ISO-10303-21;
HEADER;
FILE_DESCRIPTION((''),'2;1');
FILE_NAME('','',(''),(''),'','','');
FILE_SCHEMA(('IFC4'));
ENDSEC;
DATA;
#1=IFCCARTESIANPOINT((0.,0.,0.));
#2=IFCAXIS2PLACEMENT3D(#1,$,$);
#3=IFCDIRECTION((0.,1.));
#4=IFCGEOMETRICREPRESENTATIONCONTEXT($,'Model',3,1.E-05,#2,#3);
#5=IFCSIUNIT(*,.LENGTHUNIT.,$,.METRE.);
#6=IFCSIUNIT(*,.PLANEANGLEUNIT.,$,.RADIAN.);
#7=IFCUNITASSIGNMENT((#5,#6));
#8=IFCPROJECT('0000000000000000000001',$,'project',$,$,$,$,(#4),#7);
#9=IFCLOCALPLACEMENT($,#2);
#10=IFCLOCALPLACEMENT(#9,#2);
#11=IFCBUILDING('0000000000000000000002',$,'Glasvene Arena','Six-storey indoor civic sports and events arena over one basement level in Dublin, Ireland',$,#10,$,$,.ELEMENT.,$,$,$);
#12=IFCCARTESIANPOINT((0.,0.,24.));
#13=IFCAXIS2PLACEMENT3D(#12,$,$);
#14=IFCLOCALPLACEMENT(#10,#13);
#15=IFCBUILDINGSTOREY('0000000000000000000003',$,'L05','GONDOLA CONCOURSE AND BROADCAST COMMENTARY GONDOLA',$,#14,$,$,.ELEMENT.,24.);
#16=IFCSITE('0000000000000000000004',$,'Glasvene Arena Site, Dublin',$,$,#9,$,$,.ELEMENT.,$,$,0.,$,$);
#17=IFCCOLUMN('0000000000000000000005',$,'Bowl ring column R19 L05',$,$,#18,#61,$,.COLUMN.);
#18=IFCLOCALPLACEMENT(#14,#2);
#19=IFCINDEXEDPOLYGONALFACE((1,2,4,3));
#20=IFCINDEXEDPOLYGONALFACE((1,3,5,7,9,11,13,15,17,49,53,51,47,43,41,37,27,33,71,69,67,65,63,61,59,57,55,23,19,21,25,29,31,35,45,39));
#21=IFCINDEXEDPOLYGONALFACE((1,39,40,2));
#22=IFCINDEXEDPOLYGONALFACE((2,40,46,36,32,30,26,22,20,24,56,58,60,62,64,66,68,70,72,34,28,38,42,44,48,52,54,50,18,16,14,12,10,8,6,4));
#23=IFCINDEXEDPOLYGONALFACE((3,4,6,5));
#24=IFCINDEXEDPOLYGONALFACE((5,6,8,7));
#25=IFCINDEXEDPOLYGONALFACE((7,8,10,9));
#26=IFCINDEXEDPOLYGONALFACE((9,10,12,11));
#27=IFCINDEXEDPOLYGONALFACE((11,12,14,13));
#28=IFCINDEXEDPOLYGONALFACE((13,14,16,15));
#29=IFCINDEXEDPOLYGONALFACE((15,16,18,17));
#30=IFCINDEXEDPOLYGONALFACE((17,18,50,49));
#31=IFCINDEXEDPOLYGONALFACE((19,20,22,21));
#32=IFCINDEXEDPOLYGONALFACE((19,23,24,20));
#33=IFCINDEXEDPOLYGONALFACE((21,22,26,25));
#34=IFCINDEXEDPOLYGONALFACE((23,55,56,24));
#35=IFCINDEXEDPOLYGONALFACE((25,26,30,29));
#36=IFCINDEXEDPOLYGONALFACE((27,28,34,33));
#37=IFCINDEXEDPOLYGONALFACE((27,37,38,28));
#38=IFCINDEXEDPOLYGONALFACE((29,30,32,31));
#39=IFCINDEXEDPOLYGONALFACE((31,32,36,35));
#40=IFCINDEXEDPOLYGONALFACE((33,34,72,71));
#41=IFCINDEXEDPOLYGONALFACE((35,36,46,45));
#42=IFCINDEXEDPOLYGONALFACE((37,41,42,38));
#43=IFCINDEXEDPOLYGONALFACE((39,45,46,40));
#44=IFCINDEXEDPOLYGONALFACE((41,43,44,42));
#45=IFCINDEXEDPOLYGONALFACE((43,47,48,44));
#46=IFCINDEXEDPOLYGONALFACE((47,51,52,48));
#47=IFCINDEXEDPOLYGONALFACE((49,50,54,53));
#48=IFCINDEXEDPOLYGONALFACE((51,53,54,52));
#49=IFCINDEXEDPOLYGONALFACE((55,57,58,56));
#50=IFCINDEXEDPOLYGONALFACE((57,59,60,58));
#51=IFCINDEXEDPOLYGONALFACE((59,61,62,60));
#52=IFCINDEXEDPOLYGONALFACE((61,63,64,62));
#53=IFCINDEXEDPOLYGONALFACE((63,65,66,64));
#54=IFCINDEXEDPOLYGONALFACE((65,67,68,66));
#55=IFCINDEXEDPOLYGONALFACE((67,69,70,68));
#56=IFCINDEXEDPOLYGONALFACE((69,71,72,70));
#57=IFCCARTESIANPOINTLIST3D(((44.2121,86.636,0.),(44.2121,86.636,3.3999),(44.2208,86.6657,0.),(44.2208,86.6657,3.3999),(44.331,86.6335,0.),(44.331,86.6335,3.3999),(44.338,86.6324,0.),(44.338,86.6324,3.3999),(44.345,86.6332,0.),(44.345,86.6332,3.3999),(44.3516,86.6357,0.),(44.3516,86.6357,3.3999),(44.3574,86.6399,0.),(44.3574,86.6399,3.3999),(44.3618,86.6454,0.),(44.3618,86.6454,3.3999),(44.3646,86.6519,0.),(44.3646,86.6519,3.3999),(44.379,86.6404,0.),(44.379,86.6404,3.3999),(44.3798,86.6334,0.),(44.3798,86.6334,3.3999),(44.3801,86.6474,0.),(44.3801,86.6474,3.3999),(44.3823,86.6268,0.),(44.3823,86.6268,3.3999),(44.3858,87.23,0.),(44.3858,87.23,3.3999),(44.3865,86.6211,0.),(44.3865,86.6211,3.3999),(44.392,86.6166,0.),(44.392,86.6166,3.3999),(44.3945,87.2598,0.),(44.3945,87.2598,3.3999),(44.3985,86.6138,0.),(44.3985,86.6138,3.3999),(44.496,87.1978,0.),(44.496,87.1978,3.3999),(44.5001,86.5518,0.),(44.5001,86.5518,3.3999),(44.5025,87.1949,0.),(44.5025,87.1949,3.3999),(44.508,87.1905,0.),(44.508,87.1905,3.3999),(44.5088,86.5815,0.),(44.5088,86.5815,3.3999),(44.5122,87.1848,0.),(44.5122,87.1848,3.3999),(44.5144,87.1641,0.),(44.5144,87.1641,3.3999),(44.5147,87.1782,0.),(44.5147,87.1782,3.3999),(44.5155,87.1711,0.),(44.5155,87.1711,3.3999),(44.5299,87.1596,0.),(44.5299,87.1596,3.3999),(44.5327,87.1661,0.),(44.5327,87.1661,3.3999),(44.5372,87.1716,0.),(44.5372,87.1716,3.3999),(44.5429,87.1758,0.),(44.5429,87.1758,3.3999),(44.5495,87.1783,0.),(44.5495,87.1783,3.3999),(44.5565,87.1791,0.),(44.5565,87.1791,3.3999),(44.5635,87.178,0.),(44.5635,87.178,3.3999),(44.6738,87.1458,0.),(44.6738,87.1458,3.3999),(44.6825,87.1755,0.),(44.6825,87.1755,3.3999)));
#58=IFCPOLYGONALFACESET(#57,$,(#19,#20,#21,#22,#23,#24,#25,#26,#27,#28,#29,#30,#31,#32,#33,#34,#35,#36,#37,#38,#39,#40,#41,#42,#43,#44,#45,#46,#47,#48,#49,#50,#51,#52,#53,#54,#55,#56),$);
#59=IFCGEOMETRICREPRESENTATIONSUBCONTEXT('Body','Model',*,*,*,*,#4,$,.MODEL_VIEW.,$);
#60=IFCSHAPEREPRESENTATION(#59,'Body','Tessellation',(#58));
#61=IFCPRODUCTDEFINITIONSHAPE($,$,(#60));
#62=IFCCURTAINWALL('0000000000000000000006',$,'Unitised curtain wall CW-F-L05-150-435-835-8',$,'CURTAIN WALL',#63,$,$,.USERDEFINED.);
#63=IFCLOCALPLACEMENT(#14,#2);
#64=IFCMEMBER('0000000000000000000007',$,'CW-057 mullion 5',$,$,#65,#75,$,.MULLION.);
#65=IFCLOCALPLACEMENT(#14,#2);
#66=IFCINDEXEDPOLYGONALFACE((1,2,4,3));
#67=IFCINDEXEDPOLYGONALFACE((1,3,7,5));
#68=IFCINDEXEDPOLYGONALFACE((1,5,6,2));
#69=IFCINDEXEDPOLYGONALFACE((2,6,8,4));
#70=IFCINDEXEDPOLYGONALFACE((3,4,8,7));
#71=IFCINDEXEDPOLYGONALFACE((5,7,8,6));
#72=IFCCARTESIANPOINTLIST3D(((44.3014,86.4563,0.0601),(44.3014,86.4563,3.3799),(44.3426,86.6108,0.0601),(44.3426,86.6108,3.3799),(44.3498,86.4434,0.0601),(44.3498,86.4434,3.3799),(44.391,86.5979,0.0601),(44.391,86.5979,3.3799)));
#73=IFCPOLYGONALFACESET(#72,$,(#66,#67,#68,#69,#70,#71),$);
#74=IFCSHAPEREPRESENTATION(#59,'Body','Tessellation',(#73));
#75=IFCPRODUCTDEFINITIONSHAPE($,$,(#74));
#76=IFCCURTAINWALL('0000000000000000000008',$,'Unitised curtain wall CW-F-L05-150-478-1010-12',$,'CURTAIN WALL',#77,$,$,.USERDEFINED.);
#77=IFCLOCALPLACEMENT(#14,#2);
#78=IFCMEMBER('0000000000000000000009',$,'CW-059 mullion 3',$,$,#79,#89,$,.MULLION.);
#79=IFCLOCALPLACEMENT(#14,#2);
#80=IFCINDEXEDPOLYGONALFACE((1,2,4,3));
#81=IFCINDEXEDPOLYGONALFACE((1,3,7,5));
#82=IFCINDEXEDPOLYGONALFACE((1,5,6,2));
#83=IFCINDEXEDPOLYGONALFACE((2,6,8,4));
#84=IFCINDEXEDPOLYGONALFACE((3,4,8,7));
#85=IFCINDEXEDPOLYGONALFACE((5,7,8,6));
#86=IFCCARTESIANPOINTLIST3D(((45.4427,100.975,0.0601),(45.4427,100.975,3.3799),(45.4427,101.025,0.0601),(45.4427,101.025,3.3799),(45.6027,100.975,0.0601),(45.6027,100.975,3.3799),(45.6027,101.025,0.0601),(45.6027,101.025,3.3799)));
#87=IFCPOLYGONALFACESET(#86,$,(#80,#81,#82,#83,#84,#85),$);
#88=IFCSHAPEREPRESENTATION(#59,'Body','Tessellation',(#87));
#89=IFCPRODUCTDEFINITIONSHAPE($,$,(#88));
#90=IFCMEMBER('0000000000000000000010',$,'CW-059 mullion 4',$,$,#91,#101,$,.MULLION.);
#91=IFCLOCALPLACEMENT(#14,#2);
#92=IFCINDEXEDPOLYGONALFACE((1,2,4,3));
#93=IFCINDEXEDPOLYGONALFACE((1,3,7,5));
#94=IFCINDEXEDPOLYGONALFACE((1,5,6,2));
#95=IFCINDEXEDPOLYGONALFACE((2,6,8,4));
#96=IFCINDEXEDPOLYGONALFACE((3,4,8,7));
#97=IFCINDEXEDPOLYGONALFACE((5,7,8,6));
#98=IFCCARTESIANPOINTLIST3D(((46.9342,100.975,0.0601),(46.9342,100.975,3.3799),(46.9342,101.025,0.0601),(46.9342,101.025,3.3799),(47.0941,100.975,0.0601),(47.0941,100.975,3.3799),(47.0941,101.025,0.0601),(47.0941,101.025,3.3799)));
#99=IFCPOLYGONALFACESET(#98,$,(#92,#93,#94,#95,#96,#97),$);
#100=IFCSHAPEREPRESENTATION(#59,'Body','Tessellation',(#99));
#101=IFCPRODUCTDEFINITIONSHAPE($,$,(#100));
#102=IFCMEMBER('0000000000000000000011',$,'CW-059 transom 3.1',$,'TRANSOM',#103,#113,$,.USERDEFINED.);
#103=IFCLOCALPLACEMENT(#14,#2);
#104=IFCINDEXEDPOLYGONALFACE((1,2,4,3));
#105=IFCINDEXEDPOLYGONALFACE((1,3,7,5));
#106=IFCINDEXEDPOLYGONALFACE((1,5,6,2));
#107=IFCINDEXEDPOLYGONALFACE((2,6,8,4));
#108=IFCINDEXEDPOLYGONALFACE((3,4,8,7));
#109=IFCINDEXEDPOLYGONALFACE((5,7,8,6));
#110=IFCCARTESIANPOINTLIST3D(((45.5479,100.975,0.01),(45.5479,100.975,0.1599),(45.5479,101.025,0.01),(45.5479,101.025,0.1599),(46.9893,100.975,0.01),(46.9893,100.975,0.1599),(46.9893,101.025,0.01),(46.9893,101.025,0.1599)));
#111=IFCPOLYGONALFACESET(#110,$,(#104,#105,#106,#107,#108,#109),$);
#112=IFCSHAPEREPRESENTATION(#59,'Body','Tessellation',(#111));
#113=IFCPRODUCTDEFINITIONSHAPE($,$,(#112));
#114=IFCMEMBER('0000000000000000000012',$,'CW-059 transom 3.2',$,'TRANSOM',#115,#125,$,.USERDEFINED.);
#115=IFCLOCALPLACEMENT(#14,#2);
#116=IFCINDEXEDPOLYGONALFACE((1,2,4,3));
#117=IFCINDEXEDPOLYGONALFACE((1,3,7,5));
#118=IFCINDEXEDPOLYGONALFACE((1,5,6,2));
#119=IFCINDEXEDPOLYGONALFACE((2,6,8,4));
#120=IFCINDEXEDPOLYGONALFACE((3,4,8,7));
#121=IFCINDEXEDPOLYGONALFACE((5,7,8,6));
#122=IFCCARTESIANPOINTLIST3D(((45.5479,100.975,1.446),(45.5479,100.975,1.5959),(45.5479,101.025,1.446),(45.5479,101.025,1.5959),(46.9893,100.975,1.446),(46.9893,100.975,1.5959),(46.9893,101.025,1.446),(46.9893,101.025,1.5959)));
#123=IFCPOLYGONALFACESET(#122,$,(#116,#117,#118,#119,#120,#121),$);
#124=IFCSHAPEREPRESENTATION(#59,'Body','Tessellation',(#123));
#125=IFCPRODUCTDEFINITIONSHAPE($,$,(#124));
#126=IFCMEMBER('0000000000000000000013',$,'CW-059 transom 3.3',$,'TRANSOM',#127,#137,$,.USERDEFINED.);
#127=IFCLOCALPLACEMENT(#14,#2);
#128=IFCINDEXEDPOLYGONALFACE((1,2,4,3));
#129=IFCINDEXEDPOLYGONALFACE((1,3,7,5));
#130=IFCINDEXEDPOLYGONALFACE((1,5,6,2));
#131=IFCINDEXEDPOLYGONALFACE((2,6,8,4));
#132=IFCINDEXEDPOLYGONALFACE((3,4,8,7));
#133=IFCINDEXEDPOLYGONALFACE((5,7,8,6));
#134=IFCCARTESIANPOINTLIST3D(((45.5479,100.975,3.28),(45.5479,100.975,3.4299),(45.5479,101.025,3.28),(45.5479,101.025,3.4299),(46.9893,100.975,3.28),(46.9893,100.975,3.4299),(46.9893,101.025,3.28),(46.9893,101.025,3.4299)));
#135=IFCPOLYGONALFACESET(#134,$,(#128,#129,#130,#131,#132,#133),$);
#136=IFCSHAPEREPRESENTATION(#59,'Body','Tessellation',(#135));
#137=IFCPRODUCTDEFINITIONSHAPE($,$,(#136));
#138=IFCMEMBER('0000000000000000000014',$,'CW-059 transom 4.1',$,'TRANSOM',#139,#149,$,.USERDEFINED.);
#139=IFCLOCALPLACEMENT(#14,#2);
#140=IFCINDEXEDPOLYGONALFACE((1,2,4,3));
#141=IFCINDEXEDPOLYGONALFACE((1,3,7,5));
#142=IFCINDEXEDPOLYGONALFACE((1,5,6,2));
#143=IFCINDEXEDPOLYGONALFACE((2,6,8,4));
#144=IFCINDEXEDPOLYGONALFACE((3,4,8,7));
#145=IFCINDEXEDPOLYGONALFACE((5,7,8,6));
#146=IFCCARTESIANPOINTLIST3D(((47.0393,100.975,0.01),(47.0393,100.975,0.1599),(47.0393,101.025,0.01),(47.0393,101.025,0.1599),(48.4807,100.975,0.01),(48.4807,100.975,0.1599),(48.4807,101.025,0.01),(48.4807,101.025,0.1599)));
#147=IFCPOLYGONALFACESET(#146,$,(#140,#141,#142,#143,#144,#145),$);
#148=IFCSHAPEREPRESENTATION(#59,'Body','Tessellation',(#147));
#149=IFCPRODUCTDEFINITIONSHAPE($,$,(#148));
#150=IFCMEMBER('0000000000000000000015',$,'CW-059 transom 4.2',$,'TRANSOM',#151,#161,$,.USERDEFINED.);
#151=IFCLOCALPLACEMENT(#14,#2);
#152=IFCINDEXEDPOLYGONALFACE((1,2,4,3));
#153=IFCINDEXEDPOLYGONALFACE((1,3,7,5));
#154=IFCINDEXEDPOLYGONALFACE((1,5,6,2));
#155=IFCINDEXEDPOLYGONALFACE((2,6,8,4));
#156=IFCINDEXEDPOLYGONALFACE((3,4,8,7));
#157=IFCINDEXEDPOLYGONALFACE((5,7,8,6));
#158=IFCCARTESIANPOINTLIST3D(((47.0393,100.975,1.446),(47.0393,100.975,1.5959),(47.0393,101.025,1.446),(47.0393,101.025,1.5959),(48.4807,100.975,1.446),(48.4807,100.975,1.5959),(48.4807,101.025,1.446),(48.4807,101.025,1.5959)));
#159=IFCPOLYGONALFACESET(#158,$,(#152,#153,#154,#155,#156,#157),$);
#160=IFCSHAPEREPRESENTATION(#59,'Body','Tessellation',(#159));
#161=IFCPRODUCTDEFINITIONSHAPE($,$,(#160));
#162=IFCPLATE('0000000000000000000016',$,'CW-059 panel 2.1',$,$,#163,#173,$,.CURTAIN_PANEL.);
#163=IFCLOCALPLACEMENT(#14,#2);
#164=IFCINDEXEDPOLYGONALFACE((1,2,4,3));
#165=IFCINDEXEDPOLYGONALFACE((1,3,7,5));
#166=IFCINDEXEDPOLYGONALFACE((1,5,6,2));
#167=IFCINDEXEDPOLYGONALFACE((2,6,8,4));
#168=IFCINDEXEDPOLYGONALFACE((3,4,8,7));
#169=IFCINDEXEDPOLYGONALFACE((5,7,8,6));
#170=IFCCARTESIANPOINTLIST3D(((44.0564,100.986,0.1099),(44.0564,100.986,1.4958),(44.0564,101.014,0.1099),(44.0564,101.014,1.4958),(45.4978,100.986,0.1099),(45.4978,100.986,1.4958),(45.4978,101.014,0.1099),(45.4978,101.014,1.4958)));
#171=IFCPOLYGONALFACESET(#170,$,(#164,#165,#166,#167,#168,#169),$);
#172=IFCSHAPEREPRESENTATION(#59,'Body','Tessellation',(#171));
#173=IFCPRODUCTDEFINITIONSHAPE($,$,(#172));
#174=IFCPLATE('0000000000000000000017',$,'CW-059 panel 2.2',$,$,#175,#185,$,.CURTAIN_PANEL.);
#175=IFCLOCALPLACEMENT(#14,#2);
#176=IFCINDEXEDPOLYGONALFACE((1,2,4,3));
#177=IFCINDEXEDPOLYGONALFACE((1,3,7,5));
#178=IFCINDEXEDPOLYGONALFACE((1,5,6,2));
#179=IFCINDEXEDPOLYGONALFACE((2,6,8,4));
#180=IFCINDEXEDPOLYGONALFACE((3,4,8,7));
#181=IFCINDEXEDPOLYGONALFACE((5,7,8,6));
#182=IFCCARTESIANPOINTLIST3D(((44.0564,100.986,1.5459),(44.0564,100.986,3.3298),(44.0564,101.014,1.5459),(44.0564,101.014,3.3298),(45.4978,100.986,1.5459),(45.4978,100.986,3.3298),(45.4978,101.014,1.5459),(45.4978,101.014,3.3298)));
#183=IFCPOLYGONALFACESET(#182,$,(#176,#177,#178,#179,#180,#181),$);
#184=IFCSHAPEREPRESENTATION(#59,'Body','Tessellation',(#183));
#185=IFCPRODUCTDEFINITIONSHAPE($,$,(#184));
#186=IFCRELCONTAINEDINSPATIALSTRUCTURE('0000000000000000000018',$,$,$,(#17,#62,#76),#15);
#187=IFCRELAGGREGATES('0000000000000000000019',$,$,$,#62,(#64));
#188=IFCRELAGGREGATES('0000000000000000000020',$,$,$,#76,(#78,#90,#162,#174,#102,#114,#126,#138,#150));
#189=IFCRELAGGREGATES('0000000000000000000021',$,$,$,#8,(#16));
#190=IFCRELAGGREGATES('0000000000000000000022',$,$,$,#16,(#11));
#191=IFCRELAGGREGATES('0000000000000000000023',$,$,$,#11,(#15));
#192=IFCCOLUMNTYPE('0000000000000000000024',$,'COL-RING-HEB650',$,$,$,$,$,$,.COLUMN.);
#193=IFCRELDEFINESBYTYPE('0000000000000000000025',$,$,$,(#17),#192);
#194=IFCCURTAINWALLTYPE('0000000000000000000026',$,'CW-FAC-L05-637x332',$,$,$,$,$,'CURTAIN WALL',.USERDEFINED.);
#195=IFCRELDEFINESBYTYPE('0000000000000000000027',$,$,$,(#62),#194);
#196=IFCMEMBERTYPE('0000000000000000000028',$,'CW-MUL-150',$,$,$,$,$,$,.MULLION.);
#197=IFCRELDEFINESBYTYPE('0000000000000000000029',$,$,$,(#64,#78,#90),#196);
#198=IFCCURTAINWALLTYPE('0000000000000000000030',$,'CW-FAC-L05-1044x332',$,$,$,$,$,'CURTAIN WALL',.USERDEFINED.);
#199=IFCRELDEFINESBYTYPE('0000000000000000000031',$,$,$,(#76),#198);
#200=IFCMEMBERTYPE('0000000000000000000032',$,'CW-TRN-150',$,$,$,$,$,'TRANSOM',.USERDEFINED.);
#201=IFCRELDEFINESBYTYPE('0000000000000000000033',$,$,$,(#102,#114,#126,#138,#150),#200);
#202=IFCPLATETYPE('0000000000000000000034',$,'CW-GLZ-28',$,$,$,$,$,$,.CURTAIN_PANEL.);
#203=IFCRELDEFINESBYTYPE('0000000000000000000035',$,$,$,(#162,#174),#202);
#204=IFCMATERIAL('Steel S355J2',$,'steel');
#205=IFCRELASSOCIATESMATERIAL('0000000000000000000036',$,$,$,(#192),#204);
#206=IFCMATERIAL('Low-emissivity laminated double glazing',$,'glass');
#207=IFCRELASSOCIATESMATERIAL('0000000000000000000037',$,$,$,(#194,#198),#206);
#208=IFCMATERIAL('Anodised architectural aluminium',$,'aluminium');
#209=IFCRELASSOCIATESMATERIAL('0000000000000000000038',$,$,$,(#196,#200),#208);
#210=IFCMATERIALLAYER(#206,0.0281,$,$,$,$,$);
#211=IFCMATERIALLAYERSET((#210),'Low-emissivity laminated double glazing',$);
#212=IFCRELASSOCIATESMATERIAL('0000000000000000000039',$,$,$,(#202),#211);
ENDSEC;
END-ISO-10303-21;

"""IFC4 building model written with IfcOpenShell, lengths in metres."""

from ifc_helpers import new_model, si_unit, direction, frame, origin, origin_2d, place, context, subcontext, project, spatial, rectangle, i_section, extrude, material, layer, layer_set, material_profile, profile_set, type_object, element, aggregate, save


model = new_model("IFC4")

# Units and contexts
model_context = context("Model", 3, precision=1e-05, world=origin(), true_north=direction((0.0, 1.0)))
body_context = subcontext(model_context, "Body", "Model", "MODEL_VIEW")
ifc_project = project(units=[si_unit("LENGTHUNIT", "METRE"), si_unit("PLANEANGLEUNIT", "RADIAN")], contexts=[model_context])

# Site, building, storey
site_placement = place(None, origin())
site = spatial("IfcSite", under=ifc_project, at=site_placement, Name="Glasvene Arena Site, Dublin", CompositionType="ELEMENT", RefElevation=0.0)
building_placement = place(site_placement, origin())
building = spatial("IfcBuilding", under=site, at=building_placement, Name="Glasvene Arena", Description="Six-storey indoor civic sports and events arena over one basement level in Dublin, Ireland", CompositionType="ELEMENT")
storey_placement = place(building_placement, frame((0.0, 0.0, 24.0)))
storey = spatial("IfcBuildingStorey", under=building, at=storey_placement, Name="L05", Description="GONDOLA CONCOURSE AND BROADCAST COMMENTARY GONDOLA", CompositionType="ELEMENT", Elevation=24.0)

# Column
ifc_material_1 = material(Name="Steel S355J2", Category="steel")
ifc_material_profile_1 = material_profile(ifc_material_1, i_section(OverallWidth=0.3, OverallDepth=0.6499, WebThickness=0.0161, FlangeThickness=0.031, FilletRadius=0.0271, at=origin_2d()), Name="HEB 650")
ifc_profile_set_1 = profile_set([ifc_material_profile_1], Name="Steel S355J2")
column_type = type_object("IfcColumnType", Name="COL-RING-HEB650", PredefinedType="COLUMN", material=ifc_profile_set_1)
column_placement = place(storey_placement, frame((44.4473, 86.9058, 0.0), z_axis=(0.0, 0.0, 1.0), x_axis=(-0.959805, 0.280667, 0.0)))
element("IfcColumn", 1, at=column_placement, inside=storey, type_object=column_type, Name="Bowl ring column R19 L05", PredefinedType="COLUMN", context=body_context, shape_type="SweptSolid", body=[
    extrude(i_section(OverallWidth=0.3, OverallDepth=0.6499, WebThickness=0.0161, FlangeThickness=0.031, FilletRadius=0.0271, at=origin_2d()), origin(), (0.0, 0.0, 1.0), 3.3999),
])

# Curtain wall, member
ifc_material_2 = material(Name="Low-emissivity laminated double glazing", Category="glass")
curtain_wall_type_1 = type_object("IfcCurtainWallType", Name="CW-FAC-L05-637x332", ElementType="CURTAIN WALL", PredefinedType="USERDEFINED", material=ifc_material_2)
curtain_wall_1_placement = place(storey_placement, frame((42.7107, 80.3965, 0.0)))
curtain_wall_1 = element("IfcCurtainWall", 2, at=curtain_wall_1_placement, inside=storey, type_object=curtain_wall_type_1, Name="Unitised curtain wall CW-F-L05-150-435-835-8", ObjectType="CURTAIN WALL", PredefinedType="USERDEFINED")
ifc_material_3 = material(Name="Anodised architectural aluminium", Category="aluminium")
ifc_material_profile_2 = material_profile(ifc_material_3, rectangle(XDim=0.05, YDim=0.1599, at=origin_2d()), Name="ALU MULLION 50x160")
ifc_profile_set_2 = profile_set([ifc_material_profile_2], Name="Anodised architectural aluminium")
member_type_1 = type_object("IfcMemberType", Name="CW-MUL-150", PredefinedType="MULLION", material=ifc_profile_set_2)
member_1_placement = place(storey_placement, frame((44.3462, 86.5271, 0.0601), z_axis=(0.0, 0.0, 1.0), x_axis=(-0.966215, 0.257739, 0.0)))
member_1 = element("IfcMember", 3, at=member_1_placement, type_object=member_type_1, Name="CW-057 mullion 5", PredefinedType="MULLION", context=body_context, shape_type="SweptSolid", body=[
    extrude(rectangle(XDim=0.05, YDim=0.1599, at=origin_2d()), origin(), (0.0, 0.0, 1.0), 3.3198),
])
aggregate(curtain_wall_1, [member_1])

# Curtain wall, members, plates
curtain_wall_type_2 = type_object("IfcCurtainWallType", Name="CW-FAC-L05-1044x332", ElementType="CURTAIN WALL", PredefinedType="USERDEFINED", material=ifc_material_2)
curtain_wall_2_placement = place(storey_placement, frame((42.54, 101.0, 0.0)))
curtain_wall_2 = element("IfcCurtainWall", 4, at=curtain_wall_2_placement, inside=storey, type_object=curtain_wall_type_2, Name="Unitised curtain wall CW-F-L05-150-478-1010-12", ObjectType="CURTAIN WALL", PredefinedType="USERDEFINED")
member_2_placement = place(storey_placement, frame((45.5227, 101.0, 0.0601), z_axis=(0.0, 0.0, 1.0), x_axis=(0.0, 1.0, 0.0)))
member_2 = element("IfcMember", 5, at=member_2_placement, type_object=member_type_1, Name="CW-059 mullion 3", PredefinedType="MULLION", context=body_context, shape_type="SweptSolid", body=[
    extrude(rectangle(XDim=0.05, YDim=0.1599, at=origin_2d()), origin(), (0.0, 0.0, 1.0), 3.3198),
])
member_3_placement = place(storey_placement, frame((47.0142, 101.0, 0.0601), z_axis=(0.0, 0.0, 1.0), x_axis=(0.0, 1.0, 0.0)))
member_3 = element("IfcMember", 6, at=member_3_placement, type_object=member_type_1, Name="CW-059 mullion 4", PredefinedType="MULLION", context=body_context, shape_type="SweptSolid", body=[
    extrude(rectangle(XDim=0.05, YDim=0.1599, at=origin_2d()), origin(), (0.0, 0.0, 1.0), 3.3198),
])
ifc_material_profile_3 = material_profile(ifc_material_3, rectangle(XDim=0.05, YDim=0.1499, at=origin_2d()), Name="ALU TRANSOM 50x150")
ifc_profile_set_3 = profile_set([ifc_material_profile_3], Name="Anodised architectural aluminium")
member_type_2 = type_object("IfcMemberType", Name="CW-TRN-150", ElementType="TRANSOM", PredefinedType="USERDEFINED", material=ifc_profile_set_3)
member_4_placement = place(storey_placement, frame((45.5479, 101.0, 0.085), z_axis=(1.0, 0.0, 0.0), x_axis=(0.0, 1.0, 0.0)))
member_4 = element("IfcMember", 7, at=member_4_placement, type_object=member_type_2, Name="CW-059 transom 3.1", ObjectType="TRANSOM", PredefinedType="USERDEFINED", context=body_context, shape_type="SweptSolid", body=[
    extrude(rectangle(XDim=0.05, YDim=0.1499, at=origin_2d()), origin(), (0.0, 0.0, 1.0), 1.4414),
])
member_5_placement = place(storey_placement, frame((45.5479, 101.0, 1.521), z_axis=(1.0, 0.0, 0.0), x_axis=(0.0, 1.0, 0.0)))
member_5 = element("IfcMember", 8, at=member_5_placement, type_object=member_type_2, Name="CW-059 transom 3.2", ObjectType="TRANSOM", PredefinedType="USERDEFINED", context=body_context, shape_type="SweptSolid", body=[
    extrude(rectangle(XDim=0.05, YDim=0.1499, at=origin_2d()), origin(), (0.0, 0.0, 1.0), 1.4414),
])
member_6_placement = place(storey_placement, frame((45.5479, 101.0, 3.355), z_axis=(1.0, 0.0, 0.0), x_axis=(0.0, 1.0, 0.0)))
member_6 = element("IfcMember", 9, at=member_6_placement, type_object=member_type_2, Name="CW-059 transom 3.3", ObjectType="TRANSOM", PredefinedType="USERDEFINED", context=body_context, shape_type="SweptSolid", body=[
    extrude(rectangle(XDim=0.05, YDim=0.1499, at=origin_2d()), origin(), (0.0, 0.0, 1.0), 1.4414),
])
member_7_placement = place(storey_placement, frame((47.0393, 101.0, 0.085), z_axis=(1.0, 0.0, 0.0), x_axis=(0.0, 1.0, 0.0)))
member_7 = element("IfcMember", 10, at=member_7_placement, type_object=member_type_2, Name="CW-059 transom 4.1", ObjectType="TRANSOM", PredefinedType="USERDEFINED", context=body_context, shape_type="SweptSolid", body=[
    extrude(rectangle(XDim=0.05, YDim=0.1499, at=origin_2d()), origin(), (0.0, 0.0, 1.0), 1.4414),
])
member_8_placement = place(storey_placement, frame((47.0393, 101.0, 1.521), z_axis=(1.0, 0.0, 0.0), x_axis=(0.0, 1.0, 0.0)))
member_8 = element("IfcMember", 11, at=member_8_placement, type_object=member_type_2, Name="CW-059 transom 4.2", ObjectType="TRANSOM", PredefinedType="USERDEFINED", context=body_context, shape_type="SweptSolid", body=[
    extrude(rectangle(XDim=0.05, YDim=0.1499, at=origin_2d()), origin(), (0.0, 0.0, 1.0), 1.4414),
])
ifc_layer_1 = layer(ifc_material_2, 0.0281)
ifc_layer_set_1 = layer_set([ifc_layer_1], Name="Low-emissivity laminated double glazing")
plate_type = type_object("IfcPlateType", Name="CW-GLZ-28", PredefinedType="CURTAIN_PANEL", material=ifc_layer_set_1)
plate_1_placement = place(storey_placement, frame((44.7771, 101.0, 0.1099), z_axis=(0.0, 0.0, 1.0), x_axis=(1.0, 0.0, 0.0)))
plate_1 = element("IfcPlate", 12, at=plate_1_placement, type_object=plate_type, Name="CW-059 panel 2.1", PredefinedType="CURTAIN_PANEL", context=body_context, shape_type="SweptSolid", body=[
    extrude(rectangle(XDim=1.4414, YDim=0.0281, at=origin_2d()), origin(), (0.0, 0.0, 1.0), 1.386),
])
plate_2_placement = place(storey_placement, frame((44.7771, 101.0, 1.5459), z_axis=(0.0, 0.0, 1.0), x_axis=(1.0, 0.0, 0.0)))
plate_2 = element("IfcPlate", 13, at=plate_2_placement, type_object=plate_type, Name="CW-059 panel 2.2", PredefinedType="CURTAIN_PANEL", context=body_context, shape_type="SweptSolid", body=[
    extrude(rectangle(XDim=1.4414, YDim=0.0281, at=origin_2d()), origin(), (0.0, 0.0, 1.0), 1.7839),
])
aggregate(curtain_wall_2, [member_2, member_3, plate_1, plate_2, member_4, member_5, member_6, member_7, member_8])

save(model, "model.ifc")
